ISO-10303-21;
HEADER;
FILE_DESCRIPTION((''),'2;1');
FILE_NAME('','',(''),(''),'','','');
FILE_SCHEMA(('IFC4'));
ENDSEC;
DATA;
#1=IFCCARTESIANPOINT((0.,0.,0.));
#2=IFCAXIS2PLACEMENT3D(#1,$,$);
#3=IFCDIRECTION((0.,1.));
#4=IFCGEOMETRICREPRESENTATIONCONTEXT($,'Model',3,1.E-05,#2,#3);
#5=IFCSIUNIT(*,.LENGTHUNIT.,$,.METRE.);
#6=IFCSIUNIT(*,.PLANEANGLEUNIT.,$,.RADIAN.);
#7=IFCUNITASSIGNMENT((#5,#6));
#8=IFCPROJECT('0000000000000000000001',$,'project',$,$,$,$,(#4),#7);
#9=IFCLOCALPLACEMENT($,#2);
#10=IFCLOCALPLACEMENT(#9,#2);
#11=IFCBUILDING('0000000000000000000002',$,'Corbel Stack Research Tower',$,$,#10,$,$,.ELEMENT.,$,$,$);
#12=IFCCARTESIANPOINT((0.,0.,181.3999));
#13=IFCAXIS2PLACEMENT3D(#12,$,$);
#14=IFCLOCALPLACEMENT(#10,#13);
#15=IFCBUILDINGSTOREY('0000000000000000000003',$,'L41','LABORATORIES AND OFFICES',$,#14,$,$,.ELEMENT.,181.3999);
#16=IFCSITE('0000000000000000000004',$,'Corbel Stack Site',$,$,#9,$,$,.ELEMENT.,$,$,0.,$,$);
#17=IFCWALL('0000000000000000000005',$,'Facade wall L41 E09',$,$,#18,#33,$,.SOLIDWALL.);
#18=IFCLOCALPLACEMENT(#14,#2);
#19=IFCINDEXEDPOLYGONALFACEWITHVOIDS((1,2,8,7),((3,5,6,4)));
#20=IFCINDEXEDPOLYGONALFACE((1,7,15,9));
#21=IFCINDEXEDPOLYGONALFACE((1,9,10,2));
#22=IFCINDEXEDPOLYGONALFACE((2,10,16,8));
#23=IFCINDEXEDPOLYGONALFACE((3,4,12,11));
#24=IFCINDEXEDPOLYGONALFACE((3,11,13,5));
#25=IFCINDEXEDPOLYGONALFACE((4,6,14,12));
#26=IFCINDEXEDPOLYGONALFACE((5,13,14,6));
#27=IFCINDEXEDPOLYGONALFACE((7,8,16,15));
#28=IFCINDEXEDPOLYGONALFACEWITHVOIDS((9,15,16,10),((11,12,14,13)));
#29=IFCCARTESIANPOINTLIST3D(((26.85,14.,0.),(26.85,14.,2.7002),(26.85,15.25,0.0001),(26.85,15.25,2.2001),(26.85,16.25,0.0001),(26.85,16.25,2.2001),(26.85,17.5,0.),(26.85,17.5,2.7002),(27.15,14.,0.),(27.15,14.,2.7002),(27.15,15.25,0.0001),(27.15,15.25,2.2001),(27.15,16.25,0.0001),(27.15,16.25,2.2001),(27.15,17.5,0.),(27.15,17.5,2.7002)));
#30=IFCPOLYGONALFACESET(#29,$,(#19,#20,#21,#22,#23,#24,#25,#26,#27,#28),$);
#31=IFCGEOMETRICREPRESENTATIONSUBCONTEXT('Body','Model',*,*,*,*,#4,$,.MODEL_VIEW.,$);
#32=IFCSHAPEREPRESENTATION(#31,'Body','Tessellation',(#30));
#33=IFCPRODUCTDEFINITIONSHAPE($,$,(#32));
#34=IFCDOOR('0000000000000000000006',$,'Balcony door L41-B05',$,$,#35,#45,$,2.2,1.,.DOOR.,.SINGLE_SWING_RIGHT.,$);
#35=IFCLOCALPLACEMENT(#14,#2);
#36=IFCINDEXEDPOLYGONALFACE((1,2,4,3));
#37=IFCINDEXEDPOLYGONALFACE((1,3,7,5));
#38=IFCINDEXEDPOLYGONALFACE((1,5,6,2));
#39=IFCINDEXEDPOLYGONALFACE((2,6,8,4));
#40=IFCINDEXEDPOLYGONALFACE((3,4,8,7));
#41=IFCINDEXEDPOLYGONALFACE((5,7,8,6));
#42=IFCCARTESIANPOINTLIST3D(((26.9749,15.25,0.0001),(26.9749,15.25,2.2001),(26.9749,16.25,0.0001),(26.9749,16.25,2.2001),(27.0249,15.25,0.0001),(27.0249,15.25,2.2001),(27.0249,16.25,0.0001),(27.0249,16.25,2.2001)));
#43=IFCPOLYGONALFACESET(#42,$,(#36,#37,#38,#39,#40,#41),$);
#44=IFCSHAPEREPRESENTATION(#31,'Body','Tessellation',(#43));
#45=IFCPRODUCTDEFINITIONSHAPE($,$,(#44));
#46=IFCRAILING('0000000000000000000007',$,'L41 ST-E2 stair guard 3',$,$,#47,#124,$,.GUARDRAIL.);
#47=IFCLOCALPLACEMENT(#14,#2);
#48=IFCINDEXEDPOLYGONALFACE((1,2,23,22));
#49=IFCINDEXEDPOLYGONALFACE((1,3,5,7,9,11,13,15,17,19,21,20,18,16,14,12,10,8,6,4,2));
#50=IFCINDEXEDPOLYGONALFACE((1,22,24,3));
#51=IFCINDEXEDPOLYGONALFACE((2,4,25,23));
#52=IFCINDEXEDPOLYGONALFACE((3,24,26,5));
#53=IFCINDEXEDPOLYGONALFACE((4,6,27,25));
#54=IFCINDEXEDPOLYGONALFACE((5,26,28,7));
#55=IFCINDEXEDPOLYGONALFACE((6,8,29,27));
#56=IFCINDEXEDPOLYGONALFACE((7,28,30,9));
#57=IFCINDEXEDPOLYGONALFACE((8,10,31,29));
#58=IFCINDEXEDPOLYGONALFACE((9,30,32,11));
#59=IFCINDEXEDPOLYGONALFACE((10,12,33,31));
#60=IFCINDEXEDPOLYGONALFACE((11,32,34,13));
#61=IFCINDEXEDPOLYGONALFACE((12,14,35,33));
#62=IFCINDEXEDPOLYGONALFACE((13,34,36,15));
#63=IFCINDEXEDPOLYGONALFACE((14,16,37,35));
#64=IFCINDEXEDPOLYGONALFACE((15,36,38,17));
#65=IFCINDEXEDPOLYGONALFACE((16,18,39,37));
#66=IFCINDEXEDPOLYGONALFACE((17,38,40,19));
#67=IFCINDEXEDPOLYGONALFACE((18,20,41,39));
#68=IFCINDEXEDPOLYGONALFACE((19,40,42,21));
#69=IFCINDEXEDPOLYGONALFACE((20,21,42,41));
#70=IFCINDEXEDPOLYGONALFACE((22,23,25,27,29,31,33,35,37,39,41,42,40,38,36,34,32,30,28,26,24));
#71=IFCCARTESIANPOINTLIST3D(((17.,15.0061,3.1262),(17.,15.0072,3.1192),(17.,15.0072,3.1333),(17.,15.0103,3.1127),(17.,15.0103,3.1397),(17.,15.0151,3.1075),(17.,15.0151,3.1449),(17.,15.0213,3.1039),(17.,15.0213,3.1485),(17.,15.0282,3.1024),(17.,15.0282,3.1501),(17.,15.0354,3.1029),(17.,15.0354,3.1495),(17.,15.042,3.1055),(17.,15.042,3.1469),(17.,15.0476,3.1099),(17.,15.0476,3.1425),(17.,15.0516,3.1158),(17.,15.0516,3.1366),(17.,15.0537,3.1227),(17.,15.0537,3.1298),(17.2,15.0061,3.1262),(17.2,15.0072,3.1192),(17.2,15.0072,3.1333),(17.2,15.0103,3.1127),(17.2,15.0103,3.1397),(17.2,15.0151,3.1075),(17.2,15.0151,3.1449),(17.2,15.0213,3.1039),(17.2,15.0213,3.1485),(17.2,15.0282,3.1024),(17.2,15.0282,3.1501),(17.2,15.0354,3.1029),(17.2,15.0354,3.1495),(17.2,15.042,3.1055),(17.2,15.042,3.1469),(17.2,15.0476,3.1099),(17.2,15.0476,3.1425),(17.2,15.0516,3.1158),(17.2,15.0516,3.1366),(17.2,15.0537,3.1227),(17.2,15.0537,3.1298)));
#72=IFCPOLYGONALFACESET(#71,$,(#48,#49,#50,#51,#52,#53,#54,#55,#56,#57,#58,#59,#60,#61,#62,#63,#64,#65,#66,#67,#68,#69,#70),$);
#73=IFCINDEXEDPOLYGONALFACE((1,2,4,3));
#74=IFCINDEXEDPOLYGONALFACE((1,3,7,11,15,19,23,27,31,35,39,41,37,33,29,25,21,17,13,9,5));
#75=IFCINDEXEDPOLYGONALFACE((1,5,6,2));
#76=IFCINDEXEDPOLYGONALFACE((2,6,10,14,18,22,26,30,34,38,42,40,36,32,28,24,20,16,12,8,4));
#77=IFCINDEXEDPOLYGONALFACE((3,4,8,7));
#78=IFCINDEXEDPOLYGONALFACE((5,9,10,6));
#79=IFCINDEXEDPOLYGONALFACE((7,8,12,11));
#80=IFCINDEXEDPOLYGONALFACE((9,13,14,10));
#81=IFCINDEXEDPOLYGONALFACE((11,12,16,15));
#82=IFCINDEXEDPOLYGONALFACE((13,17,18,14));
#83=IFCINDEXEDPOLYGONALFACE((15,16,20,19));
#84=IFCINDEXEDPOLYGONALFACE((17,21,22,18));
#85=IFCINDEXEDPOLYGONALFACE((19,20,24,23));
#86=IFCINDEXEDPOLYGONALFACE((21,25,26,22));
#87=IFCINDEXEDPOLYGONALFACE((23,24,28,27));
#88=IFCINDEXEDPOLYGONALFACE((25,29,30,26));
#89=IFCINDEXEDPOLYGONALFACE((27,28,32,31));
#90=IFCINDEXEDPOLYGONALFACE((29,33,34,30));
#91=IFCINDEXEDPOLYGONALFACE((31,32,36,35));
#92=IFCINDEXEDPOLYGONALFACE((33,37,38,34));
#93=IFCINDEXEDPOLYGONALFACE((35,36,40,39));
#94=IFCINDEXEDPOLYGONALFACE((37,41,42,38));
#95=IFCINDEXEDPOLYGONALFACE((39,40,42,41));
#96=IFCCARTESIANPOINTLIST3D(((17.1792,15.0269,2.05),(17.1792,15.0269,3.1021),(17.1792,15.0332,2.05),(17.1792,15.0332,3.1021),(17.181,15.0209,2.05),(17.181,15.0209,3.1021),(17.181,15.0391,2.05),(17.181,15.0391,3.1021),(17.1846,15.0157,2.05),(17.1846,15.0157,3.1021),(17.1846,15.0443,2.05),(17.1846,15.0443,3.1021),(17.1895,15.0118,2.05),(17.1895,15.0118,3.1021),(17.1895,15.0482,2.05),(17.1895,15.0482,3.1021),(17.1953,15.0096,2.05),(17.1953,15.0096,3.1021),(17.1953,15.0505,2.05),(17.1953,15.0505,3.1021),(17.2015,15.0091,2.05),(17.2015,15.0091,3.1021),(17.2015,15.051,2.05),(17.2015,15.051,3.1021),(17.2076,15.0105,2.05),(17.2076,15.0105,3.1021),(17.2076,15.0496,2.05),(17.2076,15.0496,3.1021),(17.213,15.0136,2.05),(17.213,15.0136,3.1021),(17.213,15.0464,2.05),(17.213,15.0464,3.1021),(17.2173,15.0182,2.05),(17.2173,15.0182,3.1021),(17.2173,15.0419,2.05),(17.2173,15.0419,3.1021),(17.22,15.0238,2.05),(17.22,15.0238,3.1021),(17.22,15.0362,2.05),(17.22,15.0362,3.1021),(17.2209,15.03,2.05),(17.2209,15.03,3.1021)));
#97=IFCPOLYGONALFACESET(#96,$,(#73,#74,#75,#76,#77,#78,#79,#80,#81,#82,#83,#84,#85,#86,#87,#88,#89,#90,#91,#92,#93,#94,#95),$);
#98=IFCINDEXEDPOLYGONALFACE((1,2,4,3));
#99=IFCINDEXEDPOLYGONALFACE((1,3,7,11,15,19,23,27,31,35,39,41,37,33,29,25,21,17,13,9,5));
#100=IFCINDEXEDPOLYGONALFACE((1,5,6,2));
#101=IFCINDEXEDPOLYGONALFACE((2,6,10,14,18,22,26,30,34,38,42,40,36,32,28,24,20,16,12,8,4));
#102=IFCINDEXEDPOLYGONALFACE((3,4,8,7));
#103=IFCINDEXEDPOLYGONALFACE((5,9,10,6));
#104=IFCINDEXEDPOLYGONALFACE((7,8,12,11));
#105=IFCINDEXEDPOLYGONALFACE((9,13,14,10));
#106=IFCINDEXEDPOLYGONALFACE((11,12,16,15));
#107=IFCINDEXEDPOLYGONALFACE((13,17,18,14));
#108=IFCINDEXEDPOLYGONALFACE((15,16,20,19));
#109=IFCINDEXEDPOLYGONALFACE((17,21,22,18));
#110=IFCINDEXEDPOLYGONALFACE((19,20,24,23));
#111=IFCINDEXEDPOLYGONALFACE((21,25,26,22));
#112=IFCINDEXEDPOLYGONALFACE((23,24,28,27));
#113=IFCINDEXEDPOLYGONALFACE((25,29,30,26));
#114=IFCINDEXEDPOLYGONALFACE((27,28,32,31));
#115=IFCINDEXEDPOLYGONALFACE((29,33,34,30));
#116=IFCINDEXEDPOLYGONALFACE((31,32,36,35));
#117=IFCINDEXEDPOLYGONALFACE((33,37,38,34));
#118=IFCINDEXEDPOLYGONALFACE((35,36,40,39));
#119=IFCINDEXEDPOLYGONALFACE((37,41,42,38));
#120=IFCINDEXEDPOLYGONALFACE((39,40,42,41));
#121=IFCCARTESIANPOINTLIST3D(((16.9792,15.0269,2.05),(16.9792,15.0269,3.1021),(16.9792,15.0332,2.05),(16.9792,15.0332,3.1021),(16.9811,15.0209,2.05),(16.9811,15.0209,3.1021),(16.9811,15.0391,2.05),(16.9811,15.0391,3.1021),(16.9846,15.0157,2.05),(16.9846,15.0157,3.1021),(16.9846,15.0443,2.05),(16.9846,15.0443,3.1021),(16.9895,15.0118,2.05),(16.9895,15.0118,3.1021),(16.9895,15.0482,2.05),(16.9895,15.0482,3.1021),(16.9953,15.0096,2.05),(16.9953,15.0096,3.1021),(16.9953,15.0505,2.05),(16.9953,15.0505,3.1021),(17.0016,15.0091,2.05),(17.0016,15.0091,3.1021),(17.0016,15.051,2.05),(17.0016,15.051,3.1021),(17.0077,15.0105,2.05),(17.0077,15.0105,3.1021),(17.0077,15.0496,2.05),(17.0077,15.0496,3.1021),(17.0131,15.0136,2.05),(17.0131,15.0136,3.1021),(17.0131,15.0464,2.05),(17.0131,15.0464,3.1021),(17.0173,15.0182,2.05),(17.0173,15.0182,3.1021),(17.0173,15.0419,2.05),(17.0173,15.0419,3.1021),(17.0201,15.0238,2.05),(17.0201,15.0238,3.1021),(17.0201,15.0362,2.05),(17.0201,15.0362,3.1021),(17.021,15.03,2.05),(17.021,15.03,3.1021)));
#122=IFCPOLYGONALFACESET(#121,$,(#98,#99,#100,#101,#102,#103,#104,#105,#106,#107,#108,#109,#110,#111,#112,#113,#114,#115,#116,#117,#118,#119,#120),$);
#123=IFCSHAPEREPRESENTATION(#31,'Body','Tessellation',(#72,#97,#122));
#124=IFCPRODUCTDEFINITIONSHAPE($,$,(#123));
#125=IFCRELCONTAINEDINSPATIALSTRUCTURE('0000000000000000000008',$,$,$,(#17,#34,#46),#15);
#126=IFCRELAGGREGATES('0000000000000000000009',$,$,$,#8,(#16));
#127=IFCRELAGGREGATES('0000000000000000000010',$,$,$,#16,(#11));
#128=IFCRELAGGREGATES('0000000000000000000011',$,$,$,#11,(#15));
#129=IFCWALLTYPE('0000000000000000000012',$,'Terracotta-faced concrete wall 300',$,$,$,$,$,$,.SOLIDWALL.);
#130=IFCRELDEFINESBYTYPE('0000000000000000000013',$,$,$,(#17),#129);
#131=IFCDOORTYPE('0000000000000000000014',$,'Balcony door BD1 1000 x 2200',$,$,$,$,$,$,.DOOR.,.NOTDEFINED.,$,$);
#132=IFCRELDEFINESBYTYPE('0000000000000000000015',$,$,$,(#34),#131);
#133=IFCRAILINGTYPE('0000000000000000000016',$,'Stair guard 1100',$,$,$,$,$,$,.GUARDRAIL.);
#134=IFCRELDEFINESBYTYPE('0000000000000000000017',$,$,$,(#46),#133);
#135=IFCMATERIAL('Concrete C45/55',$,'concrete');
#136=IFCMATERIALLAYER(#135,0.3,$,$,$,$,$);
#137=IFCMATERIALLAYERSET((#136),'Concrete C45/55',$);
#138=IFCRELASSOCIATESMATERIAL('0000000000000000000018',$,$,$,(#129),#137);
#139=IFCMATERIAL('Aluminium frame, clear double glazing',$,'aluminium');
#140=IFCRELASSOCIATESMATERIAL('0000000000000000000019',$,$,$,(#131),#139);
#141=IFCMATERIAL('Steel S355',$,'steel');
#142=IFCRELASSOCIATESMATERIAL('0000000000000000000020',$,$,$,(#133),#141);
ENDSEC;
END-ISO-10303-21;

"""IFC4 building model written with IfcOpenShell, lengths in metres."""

from ifc_helpers import new_model, si_unit, direction, frame, frame_2d, origin, origin_2d, place, context, subcontext, project, spatial, rectangle, circle, extrude, material, layer, layer_set, type_object, element, fill, save


model = new_model("IFC4")

# Units and contexts
model_context = context("Model", 3, precision=1e-05, world=origin(), true_north=direction((0.0, 1.0)))
body_context = subcontext(model_context, "Body", "Model", "MODEL_VIEW")
ifc_project = project(units=[si_unit("LENGTHUNIT", "METRE"), si_unit("PLANEANGLEUNIT", "RADIAN")], contexts=[model_context])

# Site, building, storey
site_placement = place(None, origin())
site = spatial("IfcSite", under=ifc_project, at=site_placement, Name="Corbel Stack Site", CompositionType="ELEMENT", RefElevation=0.0)
building_placement = place(site_placement, origin())
building = spatial("IfcBuilding", under=site, at=building_placement, Name="Corbel Stack Research Tower", CompositionType="ELEMENT")
storey_placement = place(building_placement, frame((0.0, 0.0, 181.3999)))
storey = spatial("IfcBuildingStorey", under=building, at=storey_placement, Name="L41", Description="LABORATORIES AND OFFICES", CompositionType="ELEMENT", Elevation=181.3999)

# Shared definitions
ifc_material_1 = material(Name="Concrete C45/55", Category="concrete")
ifc_layer_1 = layer(ifc_material_1, 0.3)
ifc_layer_set_1 = layer_set([ifc_layer_1], Name="Concrete C45/55")
wall_type_1 = type_object("IfcWallType", Name="Terracotta-faced concrete wall 300", PredefinedType="SOLIDWALL", material=ifc_layer_set_1)

# Wall, opening, door
wall_1_placement = place(storey_placement, frame((27.0, 17.5, 0.0), z_axis=(0.0, 0.0, 1.0), x_axis=(0.0, -1.0, 0.0)))
wall_1 = element("IfcWall", 1, at=wall_1_placement, inside=storey, type_object=wall_type_1, Name="Facade wall L41 E09", PredefinedType="SOLIDWALL", context=body_context, shape_type="SweptSolid", body=[
    extrude(rectangle(XDim=3.5, YDim=0.3, at=frame_2d((1.75, 0.0))), origin(), (0.0, 0.0, 1.0), 2.7002),
])
opening_1_placement = place(wall_1_placement, frame((1.25, 0.0, 0.0)))
opening_1 = element("IfcOpeningElement", 2, at=opening_1_placement, cuts=wall_1, PredefinedType="OPENING", context=body_context, shape_type="SweptSolid", body=[
    extrude(rectangle(XDim=1.0, YDim=2.2, at=frame_2d((0.5, 1.1001))), frame((0.0, 0.1599, 0.0), z_axis=(0.0, -1.0, 0.0), x_axis=(1.0, 0.0, 0.0)), (0.0, 0.0, 1.0), 0.3201),
])
ifc_material_2 = material(Name="Aluminium frame, clear double glazing", Category="aluminium")
door_type_1 = type_object("IfcDoorType", Name="Balcony door BD1 1000 x 2200", OperationType="NOTDEFINED", PredefinedType="DOOR", material=ifc_material_2)
door_1_placement = place(opening_1_placement, origin())
door_1 = element("IfcDoor", 3, at=door_1_placement, inside=storey, type_object=door_type_1, Name="Balcony door L41-B05", OperationType="SINGLE_SWING_RIGHT", OverallHeight=2.2, OverallWidth=1.0, PredefinedType="DOOR", context=body_context, shape_type="SweptSolid", body=[
    extrude(rectangle(XDim=1.0, YDim=2.2, at=frame_2d((0.5, 1.1001))), frame((0.0, 0.0249, 0.0), z_axis=(0.0, -1.0, 0.0), x_axis=(1.0, 0.0, 0.0)), (0.0, 0.0, 1.0), 0.05),
])
fill(opening_1, door_1)

# Railing
ifc_material_3 = material(Name="Steel S355", Category="steel")
railing_type = type_object("IfcRailingType", Name="Stair guard 1100", PredefinedType="GUARDRAIL", material=ifc_material_3)
railing_placement = place(storey_placement, frame((17.2, 15.03, 2.05)))
element("IfcRailing", 4, at=railing_placement, inside=storey, type_object=railing_type, Name="L41 ST-E2 stair guard 3", PredefinedType="GUARDRAIL", context=body_context, shape_type="SweptSolid", body=[
    extrude(circle(Radius=0.0239, at=origin_2d()), frame((0.0, 0.0, 1.0762), z_axis=(-1.0, 0.0, 0.0), x_axis=(0.0, -1.0, 0.0)), (0.0, 0.0, 1.0), 0.2),
    extrude(circle(Radius=0.021, at=origin_2d()), origin(), (0.0, 0.0, 1.0), 1.052),
    extrude(circle(Radius=0.021, at=origin_2d()), frame((-0.2, 0.0, 0.0)), (0.0, 0.0, 1.0), 1.052),
])

save(model, "model.ifc")
